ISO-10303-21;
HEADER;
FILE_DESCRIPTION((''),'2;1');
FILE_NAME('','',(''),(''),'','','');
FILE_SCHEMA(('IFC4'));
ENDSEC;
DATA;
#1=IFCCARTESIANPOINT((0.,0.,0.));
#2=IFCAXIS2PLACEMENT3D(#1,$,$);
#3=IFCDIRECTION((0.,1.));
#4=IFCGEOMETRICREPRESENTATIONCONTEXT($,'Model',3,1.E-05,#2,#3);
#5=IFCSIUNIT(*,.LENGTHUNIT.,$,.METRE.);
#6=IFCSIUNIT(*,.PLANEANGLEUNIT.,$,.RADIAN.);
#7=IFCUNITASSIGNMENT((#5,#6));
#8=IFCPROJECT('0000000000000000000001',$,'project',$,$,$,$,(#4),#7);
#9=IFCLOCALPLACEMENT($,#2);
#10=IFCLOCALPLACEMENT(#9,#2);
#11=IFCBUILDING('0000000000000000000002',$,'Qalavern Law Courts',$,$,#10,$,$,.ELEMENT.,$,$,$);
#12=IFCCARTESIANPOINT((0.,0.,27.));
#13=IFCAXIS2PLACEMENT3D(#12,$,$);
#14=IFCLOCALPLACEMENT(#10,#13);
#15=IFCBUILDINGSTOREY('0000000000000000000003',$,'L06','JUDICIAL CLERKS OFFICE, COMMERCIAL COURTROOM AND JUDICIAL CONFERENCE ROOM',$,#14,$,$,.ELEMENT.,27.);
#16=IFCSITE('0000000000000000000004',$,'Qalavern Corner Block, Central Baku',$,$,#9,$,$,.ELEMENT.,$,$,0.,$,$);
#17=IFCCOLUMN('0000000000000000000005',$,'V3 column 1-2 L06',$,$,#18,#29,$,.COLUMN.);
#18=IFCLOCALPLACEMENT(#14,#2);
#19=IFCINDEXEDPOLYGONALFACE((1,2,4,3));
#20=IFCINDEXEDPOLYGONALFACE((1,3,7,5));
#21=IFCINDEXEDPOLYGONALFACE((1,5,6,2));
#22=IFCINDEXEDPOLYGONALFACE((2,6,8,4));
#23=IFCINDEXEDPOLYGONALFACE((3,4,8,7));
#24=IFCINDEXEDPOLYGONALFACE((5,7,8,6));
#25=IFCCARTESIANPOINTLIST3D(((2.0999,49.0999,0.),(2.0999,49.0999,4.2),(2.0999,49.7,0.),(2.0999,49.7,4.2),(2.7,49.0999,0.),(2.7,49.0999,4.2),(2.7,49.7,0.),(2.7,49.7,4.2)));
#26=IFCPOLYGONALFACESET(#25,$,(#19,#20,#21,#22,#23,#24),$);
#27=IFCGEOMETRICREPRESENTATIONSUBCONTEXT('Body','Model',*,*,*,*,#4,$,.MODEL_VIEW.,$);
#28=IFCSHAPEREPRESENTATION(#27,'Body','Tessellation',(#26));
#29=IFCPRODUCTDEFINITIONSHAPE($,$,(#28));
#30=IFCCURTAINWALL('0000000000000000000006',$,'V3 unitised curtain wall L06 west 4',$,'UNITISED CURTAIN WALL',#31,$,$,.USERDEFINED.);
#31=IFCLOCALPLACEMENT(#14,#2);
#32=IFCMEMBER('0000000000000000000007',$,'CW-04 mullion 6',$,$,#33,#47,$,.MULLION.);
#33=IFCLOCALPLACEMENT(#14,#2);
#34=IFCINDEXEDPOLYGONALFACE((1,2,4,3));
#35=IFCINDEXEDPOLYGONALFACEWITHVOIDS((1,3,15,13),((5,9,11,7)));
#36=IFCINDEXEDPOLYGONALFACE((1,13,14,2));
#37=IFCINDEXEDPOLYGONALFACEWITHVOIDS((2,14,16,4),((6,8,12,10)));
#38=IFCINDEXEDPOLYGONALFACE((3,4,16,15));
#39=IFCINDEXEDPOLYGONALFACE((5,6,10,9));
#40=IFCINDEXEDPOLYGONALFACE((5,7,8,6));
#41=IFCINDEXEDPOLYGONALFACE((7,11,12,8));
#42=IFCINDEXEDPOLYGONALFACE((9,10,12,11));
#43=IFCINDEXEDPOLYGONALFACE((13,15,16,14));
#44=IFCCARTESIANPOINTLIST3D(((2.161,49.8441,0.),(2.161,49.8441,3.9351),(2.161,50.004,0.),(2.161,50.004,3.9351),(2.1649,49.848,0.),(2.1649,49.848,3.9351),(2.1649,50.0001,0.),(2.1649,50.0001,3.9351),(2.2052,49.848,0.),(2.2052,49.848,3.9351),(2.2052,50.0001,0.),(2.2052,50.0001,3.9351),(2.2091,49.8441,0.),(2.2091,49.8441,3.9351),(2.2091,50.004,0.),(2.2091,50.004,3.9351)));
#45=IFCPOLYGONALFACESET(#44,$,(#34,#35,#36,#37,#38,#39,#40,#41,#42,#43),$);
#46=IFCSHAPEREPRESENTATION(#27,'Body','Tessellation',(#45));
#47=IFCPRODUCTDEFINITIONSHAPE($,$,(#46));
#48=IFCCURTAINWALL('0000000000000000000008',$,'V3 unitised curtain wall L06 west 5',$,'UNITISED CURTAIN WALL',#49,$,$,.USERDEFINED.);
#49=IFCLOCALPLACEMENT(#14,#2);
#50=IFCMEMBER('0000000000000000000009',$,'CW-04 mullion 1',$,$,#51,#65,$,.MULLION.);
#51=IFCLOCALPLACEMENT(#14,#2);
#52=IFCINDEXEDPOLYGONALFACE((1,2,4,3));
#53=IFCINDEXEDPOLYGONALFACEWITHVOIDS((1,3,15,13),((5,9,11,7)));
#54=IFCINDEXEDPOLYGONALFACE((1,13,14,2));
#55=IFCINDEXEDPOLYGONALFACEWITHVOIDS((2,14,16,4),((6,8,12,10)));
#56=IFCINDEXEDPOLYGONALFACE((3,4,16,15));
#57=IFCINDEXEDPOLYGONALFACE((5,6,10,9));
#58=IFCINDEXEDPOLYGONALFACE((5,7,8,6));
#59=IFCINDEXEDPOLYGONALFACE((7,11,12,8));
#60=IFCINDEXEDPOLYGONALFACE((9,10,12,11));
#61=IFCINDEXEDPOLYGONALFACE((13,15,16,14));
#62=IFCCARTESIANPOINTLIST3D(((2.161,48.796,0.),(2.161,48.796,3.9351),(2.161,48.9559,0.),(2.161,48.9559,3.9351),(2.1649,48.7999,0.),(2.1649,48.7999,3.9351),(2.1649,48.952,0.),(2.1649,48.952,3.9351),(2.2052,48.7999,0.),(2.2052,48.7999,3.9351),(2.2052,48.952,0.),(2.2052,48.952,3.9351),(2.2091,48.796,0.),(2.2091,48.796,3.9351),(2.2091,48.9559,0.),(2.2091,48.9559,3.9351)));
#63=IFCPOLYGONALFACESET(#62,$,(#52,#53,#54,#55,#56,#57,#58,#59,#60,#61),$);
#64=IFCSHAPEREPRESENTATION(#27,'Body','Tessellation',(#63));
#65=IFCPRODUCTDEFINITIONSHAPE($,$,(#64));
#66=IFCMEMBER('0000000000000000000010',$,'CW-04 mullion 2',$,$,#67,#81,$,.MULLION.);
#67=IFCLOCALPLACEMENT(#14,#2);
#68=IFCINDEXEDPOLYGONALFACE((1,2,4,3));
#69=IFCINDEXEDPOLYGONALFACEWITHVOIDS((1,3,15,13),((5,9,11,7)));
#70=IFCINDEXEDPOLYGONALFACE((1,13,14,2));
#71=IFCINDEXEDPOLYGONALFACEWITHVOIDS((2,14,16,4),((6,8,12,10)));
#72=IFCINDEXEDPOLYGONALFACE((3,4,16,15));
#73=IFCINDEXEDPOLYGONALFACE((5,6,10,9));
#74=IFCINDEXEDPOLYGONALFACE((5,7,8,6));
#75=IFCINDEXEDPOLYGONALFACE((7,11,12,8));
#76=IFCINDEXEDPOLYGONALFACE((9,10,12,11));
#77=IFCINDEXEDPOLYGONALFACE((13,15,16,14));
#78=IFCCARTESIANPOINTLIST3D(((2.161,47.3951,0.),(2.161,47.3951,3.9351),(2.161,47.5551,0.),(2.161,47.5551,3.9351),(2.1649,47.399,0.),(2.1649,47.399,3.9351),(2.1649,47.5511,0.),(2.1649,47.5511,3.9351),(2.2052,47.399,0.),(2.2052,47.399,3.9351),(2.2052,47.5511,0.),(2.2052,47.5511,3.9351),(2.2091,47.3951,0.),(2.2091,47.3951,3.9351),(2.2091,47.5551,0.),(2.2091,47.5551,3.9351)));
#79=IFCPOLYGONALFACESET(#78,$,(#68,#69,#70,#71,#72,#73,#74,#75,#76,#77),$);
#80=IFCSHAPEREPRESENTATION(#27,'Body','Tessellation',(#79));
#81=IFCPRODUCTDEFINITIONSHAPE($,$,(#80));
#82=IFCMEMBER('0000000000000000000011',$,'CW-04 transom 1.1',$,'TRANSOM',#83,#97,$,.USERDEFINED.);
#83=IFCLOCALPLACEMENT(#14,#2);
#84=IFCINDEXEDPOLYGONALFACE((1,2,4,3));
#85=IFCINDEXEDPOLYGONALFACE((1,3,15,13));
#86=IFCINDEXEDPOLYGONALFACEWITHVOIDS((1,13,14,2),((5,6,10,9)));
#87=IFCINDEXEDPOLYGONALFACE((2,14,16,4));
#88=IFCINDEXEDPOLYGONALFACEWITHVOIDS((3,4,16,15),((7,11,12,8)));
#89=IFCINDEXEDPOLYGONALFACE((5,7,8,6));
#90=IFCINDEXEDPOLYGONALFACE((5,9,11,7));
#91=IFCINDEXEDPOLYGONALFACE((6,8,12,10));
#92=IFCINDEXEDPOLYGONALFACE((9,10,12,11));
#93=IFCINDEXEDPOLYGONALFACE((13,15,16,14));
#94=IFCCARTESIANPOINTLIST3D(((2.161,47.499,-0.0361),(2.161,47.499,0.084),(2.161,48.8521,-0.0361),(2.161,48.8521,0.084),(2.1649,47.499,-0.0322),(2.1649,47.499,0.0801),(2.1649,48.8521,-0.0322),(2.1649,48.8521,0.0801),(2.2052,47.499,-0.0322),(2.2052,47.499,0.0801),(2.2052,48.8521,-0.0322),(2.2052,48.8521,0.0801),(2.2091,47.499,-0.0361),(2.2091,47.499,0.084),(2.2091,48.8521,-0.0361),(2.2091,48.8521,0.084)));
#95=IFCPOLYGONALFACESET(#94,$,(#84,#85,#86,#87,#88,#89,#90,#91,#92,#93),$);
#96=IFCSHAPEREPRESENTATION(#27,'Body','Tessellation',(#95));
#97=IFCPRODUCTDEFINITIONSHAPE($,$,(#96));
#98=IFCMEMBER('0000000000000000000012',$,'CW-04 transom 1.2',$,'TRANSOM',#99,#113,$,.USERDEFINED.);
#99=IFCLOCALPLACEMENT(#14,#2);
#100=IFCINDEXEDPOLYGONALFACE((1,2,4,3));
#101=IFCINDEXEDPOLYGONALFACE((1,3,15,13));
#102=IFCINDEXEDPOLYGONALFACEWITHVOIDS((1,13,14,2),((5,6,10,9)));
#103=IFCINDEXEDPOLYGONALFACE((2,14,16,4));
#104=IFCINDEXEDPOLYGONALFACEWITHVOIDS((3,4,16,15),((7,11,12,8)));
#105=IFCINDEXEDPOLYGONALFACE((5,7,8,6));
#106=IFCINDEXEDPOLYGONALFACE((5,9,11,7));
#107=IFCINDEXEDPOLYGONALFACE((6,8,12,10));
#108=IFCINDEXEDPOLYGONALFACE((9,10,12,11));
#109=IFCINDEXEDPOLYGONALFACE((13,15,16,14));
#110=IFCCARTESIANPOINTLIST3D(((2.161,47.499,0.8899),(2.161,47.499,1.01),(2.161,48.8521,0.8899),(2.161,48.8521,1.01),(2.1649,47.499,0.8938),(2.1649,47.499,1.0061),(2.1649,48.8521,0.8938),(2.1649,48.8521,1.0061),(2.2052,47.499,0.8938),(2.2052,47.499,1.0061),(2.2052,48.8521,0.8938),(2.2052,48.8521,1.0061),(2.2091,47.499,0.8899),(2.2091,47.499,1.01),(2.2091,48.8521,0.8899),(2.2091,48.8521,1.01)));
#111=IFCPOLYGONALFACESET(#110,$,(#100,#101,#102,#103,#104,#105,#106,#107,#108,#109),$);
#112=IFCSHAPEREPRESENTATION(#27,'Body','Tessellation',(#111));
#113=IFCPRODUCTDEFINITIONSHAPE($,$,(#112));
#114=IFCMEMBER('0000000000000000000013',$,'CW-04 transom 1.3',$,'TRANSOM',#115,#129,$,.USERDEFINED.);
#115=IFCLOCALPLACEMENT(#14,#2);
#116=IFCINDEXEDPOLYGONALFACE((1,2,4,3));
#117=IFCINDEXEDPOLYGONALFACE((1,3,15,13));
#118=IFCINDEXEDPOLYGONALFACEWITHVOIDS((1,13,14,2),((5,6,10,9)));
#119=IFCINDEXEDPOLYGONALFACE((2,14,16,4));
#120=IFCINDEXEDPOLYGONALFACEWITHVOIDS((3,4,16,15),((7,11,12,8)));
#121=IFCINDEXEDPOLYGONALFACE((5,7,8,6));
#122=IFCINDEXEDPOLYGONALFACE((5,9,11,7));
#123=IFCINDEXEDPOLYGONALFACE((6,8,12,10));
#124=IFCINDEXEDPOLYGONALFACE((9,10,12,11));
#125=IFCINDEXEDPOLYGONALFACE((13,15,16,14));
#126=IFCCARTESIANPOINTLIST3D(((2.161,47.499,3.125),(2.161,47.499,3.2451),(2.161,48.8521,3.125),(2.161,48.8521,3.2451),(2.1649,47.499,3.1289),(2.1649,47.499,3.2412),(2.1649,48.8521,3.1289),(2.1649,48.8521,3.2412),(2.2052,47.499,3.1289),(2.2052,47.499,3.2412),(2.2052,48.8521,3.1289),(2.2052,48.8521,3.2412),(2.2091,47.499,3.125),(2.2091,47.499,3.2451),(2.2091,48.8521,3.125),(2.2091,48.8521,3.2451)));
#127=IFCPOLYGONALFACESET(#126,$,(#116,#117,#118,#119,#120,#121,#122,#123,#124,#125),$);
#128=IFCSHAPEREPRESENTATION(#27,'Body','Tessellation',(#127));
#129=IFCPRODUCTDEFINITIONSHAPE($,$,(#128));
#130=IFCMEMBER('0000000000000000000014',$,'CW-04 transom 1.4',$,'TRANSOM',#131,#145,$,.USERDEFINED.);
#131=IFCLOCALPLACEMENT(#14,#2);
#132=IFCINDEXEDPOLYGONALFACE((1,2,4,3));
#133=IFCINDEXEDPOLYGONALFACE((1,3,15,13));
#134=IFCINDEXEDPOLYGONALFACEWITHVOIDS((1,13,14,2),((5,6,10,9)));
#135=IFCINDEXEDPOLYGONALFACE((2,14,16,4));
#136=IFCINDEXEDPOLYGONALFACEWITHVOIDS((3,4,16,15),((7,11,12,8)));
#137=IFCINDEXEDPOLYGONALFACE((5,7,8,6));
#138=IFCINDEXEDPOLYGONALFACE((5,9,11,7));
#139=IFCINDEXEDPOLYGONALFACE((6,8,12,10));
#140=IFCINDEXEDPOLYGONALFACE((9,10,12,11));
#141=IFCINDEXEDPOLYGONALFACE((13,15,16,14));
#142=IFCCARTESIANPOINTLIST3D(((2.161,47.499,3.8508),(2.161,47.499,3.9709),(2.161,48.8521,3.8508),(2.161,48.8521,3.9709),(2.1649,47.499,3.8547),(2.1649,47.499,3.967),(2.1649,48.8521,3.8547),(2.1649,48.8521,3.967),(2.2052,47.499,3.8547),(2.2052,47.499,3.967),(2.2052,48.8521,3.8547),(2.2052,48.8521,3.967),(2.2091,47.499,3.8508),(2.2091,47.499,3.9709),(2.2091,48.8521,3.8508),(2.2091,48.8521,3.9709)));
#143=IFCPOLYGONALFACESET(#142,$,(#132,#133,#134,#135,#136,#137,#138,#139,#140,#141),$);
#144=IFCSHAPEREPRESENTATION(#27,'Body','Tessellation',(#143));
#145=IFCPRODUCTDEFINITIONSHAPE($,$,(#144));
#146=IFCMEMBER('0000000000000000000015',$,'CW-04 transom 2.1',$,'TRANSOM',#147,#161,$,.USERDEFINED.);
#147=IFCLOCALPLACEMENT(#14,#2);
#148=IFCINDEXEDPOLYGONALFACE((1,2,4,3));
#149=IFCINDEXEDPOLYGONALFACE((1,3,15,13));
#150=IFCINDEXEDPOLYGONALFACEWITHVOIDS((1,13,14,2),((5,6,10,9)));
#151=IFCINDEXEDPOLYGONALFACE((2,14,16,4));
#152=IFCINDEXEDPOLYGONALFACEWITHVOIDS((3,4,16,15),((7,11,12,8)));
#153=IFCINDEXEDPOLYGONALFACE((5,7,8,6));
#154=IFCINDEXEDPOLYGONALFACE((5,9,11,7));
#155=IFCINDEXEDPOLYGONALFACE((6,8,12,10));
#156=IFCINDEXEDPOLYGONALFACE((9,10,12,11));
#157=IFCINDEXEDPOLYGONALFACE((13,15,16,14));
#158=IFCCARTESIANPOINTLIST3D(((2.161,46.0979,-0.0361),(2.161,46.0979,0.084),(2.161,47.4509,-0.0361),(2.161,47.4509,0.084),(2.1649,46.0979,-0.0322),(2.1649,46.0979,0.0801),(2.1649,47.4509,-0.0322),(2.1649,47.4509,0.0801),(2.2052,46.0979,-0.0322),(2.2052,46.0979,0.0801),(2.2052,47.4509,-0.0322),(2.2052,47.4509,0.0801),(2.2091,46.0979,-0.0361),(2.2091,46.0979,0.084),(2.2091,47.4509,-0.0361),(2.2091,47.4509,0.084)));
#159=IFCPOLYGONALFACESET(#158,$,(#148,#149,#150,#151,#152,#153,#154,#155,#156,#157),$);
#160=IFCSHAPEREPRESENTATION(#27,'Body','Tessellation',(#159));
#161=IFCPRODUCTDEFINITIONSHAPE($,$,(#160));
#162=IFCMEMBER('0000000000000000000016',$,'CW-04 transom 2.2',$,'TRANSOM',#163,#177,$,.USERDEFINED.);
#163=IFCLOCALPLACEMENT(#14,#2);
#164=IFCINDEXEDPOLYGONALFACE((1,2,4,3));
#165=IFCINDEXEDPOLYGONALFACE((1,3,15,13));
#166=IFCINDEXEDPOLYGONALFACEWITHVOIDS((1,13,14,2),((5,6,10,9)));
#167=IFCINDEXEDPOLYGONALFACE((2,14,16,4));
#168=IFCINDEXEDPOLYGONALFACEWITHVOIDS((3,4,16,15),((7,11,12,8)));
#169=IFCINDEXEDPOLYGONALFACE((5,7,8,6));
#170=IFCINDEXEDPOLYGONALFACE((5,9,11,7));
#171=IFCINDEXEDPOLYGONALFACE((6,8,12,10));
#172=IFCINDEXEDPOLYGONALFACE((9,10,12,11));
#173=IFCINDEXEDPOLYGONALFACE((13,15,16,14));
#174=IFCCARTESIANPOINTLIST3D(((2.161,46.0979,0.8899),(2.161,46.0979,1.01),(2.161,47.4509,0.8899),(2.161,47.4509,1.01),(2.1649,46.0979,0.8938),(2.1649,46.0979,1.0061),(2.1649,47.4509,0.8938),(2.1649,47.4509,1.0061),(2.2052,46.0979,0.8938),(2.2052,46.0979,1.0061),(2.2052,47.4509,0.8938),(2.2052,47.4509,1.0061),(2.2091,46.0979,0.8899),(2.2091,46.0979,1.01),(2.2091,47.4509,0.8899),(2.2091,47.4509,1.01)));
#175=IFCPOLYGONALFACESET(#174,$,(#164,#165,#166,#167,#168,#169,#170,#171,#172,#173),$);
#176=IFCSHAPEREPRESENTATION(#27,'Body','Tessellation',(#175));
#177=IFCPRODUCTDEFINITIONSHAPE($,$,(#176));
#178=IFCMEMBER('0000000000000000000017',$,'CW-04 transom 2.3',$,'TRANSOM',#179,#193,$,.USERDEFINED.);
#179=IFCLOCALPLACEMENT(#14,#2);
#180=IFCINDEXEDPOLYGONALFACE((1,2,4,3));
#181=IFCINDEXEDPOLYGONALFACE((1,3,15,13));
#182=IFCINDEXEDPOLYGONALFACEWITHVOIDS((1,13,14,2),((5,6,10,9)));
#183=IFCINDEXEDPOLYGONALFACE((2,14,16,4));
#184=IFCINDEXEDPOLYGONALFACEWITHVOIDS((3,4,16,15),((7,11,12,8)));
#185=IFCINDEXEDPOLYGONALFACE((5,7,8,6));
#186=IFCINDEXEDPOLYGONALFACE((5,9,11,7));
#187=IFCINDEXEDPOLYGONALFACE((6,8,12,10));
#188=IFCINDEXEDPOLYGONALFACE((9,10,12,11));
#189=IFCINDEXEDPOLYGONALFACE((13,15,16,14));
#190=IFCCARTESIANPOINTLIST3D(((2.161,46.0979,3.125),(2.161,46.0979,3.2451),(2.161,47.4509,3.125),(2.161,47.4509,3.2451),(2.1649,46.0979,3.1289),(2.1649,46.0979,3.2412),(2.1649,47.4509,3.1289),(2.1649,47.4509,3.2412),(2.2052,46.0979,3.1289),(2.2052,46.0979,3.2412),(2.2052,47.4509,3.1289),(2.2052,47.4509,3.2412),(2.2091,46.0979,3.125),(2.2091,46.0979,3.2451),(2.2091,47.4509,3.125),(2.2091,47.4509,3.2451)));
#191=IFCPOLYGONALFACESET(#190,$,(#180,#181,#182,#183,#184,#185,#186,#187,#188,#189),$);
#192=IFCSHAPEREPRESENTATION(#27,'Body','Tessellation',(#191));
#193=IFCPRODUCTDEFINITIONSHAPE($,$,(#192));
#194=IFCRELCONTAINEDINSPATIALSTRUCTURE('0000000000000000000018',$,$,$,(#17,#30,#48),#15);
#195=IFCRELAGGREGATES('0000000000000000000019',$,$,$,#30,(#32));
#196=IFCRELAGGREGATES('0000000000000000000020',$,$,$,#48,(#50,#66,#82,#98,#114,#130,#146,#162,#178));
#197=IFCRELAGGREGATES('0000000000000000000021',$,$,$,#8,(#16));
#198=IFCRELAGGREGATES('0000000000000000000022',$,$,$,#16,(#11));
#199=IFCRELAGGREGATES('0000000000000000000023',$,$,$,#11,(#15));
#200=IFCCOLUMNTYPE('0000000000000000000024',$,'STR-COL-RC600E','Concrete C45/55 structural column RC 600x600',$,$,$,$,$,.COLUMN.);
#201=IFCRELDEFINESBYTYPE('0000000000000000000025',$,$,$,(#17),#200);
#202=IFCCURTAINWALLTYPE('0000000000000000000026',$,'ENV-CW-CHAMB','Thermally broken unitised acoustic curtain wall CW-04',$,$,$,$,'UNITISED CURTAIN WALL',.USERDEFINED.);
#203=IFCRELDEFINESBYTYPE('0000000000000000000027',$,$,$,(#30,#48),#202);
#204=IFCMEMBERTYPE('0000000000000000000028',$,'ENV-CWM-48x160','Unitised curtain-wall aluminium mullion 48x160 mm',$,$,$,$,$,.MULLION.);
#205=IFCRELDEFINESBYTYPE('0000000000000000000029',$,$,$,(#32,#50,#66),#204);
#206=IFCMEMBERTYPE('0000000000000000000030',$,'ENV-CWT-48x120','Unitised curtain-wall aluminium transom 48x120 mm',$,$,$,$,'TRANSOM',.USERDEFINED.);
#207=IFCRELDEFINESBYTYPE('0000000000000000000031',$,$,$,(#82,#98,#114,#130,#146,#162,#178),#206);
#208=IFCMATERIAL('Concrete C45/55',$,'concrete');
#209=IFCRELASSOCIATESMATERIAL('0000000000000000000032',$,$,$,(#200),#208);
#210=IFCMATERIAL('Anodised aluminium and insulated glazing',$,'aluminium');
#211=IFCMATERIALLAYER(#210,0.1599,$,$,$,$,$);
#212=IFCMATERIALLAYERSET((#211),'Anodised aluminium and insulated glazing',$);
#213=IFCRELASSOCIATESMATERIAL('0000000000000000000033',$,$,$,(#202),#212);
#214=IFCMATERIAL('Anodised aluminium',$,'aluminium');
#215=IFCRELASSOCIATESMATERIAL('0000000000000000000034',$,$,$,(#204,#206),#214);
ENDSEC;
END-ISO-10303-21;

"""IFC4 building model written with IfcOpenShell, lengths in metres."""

from ifc_helpers import new_model, si_unit, direction, frame, origin, origin_2d, place, context, subcontext, project, spatial, rectangle, hollow_rectangle, extrude, material, layer, layer_set, material_profile, profile_set, type_object, element, aggregate, save


model = new_model("IFC4")

# Units and contexts
model_context = context("Model", 3, precision=1e-05, world=origin(), true_north=direction((0.0, 1.0)))
body_context = subcontext(model_context, "Body", "Model", "MODEL_VIEW")
ifc_project = project(units=[si_unit("LENGTHUNIT", "METRE"), si_unit("PLANEANGLEUNIT", "RADIAN")], contexts=[model_context])

# Site, building, storey
site_placement = place(None, origin())
site = spatial("IfcSite", under=ifc_project, at=site_placement, Name="Qalavern Corner Block, Central Baku", CompositionType="ELEMENT", RefElevation=0.0)
building_placement = place(site_placement, origin())
building = spatial("IfcBuilding", under=site, at=building_placement, Name="Qalavern Law Courts", CompositionType="ELEMENT")
storey_placement = place(building_placement, frame((0.0, 0.0, 27.0)))
storey = spatial("IfcBuildingStorey", under=building, at=storey_placement, Name="L06", Description="JUDICIAL CLERKS OFFICE, COMMERCIAL COURTROOM AND JUDICIAL CONFERENCE ROOM", CompositionType="ELEMENT", Elevation=27.0)

# Column
ifc_material_1 = material(Name="Concrete C45/55", Category="concrete")
ifc_material_profile_1 = material_profile(ifc_material_1, rectangle(XDim=0.6001, YDim=0.6001, at=origin_2d()), Name="RC 600x600")
ifc_profile_set_1 = profile_set([ifc_material_profile_1], Name="Concrete C45/55")
column_type = type_object("IfcColumnType", Name="STR-COL-RC600E", Description="Concrete C45/55 structural column RC 600x600", PredefinedType="COLUMN", material=ifc_profile_set_1)
column_placement = place(storey_placement, frame((2.3999, 49.3999, 0.0), z_axis=(0.0, 0.0, 1.0), x_axis=(1.0, 0.0, 0.0)))
element("IfcColumn", 1, at=column_placement, inside=storey, type_object=column_type, Name="V3 column 1-2 L06", PredefinedType="COLUMN", context=body_context, shape_type="SweptSolid", body=[
    extrude(rectangle(XDim=0.6001, YDim=0.6001, at=origin_2d()), origin(), (0.0, 0.0, 1.0), 4.2),
])

# Curtain wall, member
ifc_material_2 = material(Name="Anodised aluminium and insulated glazing", Category="aluminium")
ifc_layer_1 = layer(ifc_material_2, 0.1599)
ifc_layer_set_1 = layer_set([ifc_layer_1], Name="Anodised aluminium and insulated glazing")
curtain_wall_type = type_object("IfcCurtainWallType", Name="ENV-CW-CHAMB", Description="Thermally broken unitised acoustic curtain wall CW-04", ElementType="UNITISED CURTAIN WALL", PredefinedType="USERDEFINED", material=ifc_layer_set_1)
curtain_wall_1_placement = place(storey_placement, origin())
curtain_wall_1 = element("IfcCurtainWall", 2, at=curtain_wall_1_placement, inside=storey, type_object=curtain_wall_type, Name="V3 unitised curtain wall L06 west 4", ObjectType="UNITISED CURTAIN WALL", PredefinedType="USERDEFINED")
ifc_material_3 = material(Name="Anodised aluminium", Category="aluminium")
ifc_material_profile_2 = material_profile(ifc_material_3, hollow_rectangle(XDim=0.0481, YDim=0.1599, WallThickness=0.0039, at=origin_2d()), Name="ALU MULLION 48x160")
ifc_profile_set_2 = profile_set([ifc_material_profile_2], Name="Anodised aluminium")
member_type_1 = type_object("IfcMemberType", Name="ENV-CWM-48x160", Description="Unitised curtain-wall aluminium mullion 48x160 mm", PredefinedType="MULLION", material=ifc_profile_set_2)
member_1_placement = place(storey_placement, frame((2.1851, 49.9241, 0.0), z_axis=(0.0, 0.0, 1.0), x_axis=(1.0, 0.0, 0.0)))
member_1 = element("IfcMember", 3, at=member_1_placement, type_object=member_type_1, Name="CW-04 mullion 6", PredefinedType="MULLION", context=body_context, shape_type="SweptSolid", body=[
    extrude(hollow_rectangle(XDim=0.0481, YDim=0.1599, WallThickness=0.0039, at=origin_2d()), origin(), (0.0, 0.0, 1.0), 3.9351),
])

# Curtain wall, members
curtain_wall_2_placement = place(storey_placement, origin())
curtain_wall_2 = element("IfcCurtainWall", 4, at=curtain_wall_2_placement, inside=storey, type_object=curtain_wall_type, Name="V3 unitised curtain wall L06 west 5", ObjectType="UNITISED CURTAIN WALL", PredefinedType="USERDEFINED")
member_2_placement = place(storey_placement, frame((2.1851, 48.876, 0.0), z_axis=(0.0, 0.0, 1.0), x_axis=(1.0, 0.0, 0.0)))
member_2 = element("IfcMember", 5, at=member_2_placement, type_object=member_type_1, Name="CW-04 mullion 1", PredefinedType="MULLION", context=body_context, shape_type="SweptSolid", body=[
    extrude(hollow_rectangle(XDim=0.0481, YDim=0.1599, WallThickness=0.0039, at=origin_2d()), origin(), (0.0, 0.0, 1.0), 3.9351),
])
member_3_placement = place(storey_placement, frame((2.1851, 47.4751, 0.0), z_axis=(0.0, 0.0, 1.0), x_axis=(1.0, 0.0, 0.0)))
member_3 = element("IfcMember", 6, at=member_3_placement, type_object=member_type_1, Name="CW-04 mullion 2", PredefinedType="MULLION", context=body_context, shape_type="SweptSolid", body=[
    extrude(hollow_rectangle(XDim=0.0481, YDim=0.1599, WallThickness=0.0039, at=origin_2d()), origin(), (0.0, 0.0, 1.0), 3.9351),
])
ifc_material_profile_3 = material_profile(ifc_material_3, hollow_rectangle(XDim=0.0481, YDim=0.1201, WallThickness=0.0039, at=origin_2d()), Name="ALU TRANSOM 48x120")
ifc_profile_set_3 = profile_set([ifc_material_profile_3], Name="Anodised aluminium")
member_type_2 = type_object("IfcMemberType", Name="ENV-CWT-48x120", Description="Unitised curtain-wall aluminium transom 48x120 mm", ElementType="TRANSOM", PredefinedType="USERDEFINED", material=ifc_profile_set_3)
member_4_placement = place(storey_placement, frame((2.1851, 48.8521, 0.0239), z_axis=(0.0, -1.0, 0.0), x_axis=(1.0, 0.0, 0.0)))
member_4 = element("IfcMember", 7, at=member_4_placement, type_object=member_type_2, Name="CW-04 transom 1.1", ObjectType="TRANSOM", PredefinedType="USERDEFINED", context=body_context, shape_type="SweptSolid", body=[
    extrude(hollow_rectangle(XDim=0.0481, YDim=0.1201, WallThickness=0.0039, at=origin_2d()), origin(), (0.0, 0.0, 1.0), 1.353),
])
member_5_placement = place(storey_placement, frame((2.1851, 48.8521, 0.95), z_axis=(0.0, -1.0, 0.0), x_axis=(1.0, 0.0, 0.0)))
member_5 = element("IfcMember", 8, at=member_5_placement, type_object=member_type_2, Name="CW-04 transom 1.2", ObjectType="TRANSOM", PredefinedType="USERDEFINED", context=body_context, shape_type="SweptSolid", body=[
    extrude(hollow_rectangle(XDim=0.0481, YDim=0.1201, WallThickness=0.0039, at=origin_2d()), origin(), (0.0, 0.0, 1.0), 1.353),
])
member_6_placement = place(storey_placement, frame((2.1851, 48.8521, 3.1851), z_axis=(0.0, -1.0, 0.0), x_axis=(1.0, 0.0, 0.0)))
member_6 = element("IfcMember", 9, at=member_6_placement, type_object=member_type_2, Name="CW-04 transom 1.3", ObjectType="TRANSOM", PredefinedType="USERDEFINED", context=body_context, shape_type="SweptSolid", body=[
    extrude(hollow_rectangle(XDim=0.0481, YDim=0.1201, WallThickness=0.0039, at=origin_2d()), origin(), (0.0, 0.0, 1.0), 1.353),
])
member_7_placement = place(storey_placement, frame((2.1851, 48.8521, 3.9109), z_axis=(0.0, -1.0, 0.0), x_axis=(1.0, 0.0, 0.0)))
member_7 = element("IfcMember", 10, at=member_7_placement, type_object=member_type_2, Name="CW-04 transom 1.4", ObjectType="TRANSOM", PredefinedType="USERDEFINED", context=body_context, shape_type="SweptSolid", body=[
    extrude(hollow_rectangle(XDim=0.0481, YDim=0.1201, WallThickness=0.0039, at=origin_2d()), origin(), (0.0, 0.0, 1.0), 1.353),
])
member_8_placement = place(storey_placement, frame((2.1851, 47.4509, 0.0239), z_axis=(0.0, -1.0, 0.0), x_axis=(1.0, 0.0, 0.0)))
member_8 = element("IfcMember", 11, at=member_8_placement, type_object=member_type_2, Name="CW-04 transom 2.1", ObjectType="TRANSOM", PredefinedType="USERDEFINED", context=body_context, shape_type="SweptSolid", body=[
    extrude(hollow_rectangle(XDim=0.0481, YDim=0.1201, WallThickness=0.0039, at=origin_2d()), origin(), (0.0, 0.0, 1.0), 1.353),
])
member_9_placement = place(storey_placement, frame((2.1851, 47.4509, 0.95), z_axis=(0.0, -1.0, 0.0), x_axis=(1.0, 0.0, 0.0)))
member_9 = element("IfcMember", 12, at=member_9_placement, type_object=member_type_2, Name="CW-04 transom 2.2", ObjectType="TRANSOM", PredefinedType="USERDEFINED", context=body_context, shape_type="SweptSolid", body=[
    extrude(hollow_rectangle(XDim=0.0481, YDim=0.1201, WallThickness=0.0039, at=origin_2d()), origin(), (0.0, 0.0, 1.0), 1.353),
])
member_10_placement = place(storey_placement, frame((2.1851, 47.4509, 3.1851), z_axis=(0.0, -1.0, 0.0), x_axis=(1.0, 0.0, 0.0)))
member_10 = element("IfcMember", 13, at=member_10_placement, type_object=member_type_2, Name="CW-04 transom 2.3", ObjectType="TRANSOM", PredefinedType="USERDEFINED", context=body_context, shape_type="SweptSolid", body=[
    extrude(hollow_rectangle(XDim=0.0481, YDim=0.1201, WallThickness=0.0039, at=origin_2d()), origin(), (0.0, 0.0, 1.0), 1.353),
])

aggregate(curtain_wall_1, [member_1])
aggregate(curtain_wall_2, [member_2, member_3, member_4, member_5, member_6, member_7, member_8, member_9, member_10])

save(model, "model.ifc")
